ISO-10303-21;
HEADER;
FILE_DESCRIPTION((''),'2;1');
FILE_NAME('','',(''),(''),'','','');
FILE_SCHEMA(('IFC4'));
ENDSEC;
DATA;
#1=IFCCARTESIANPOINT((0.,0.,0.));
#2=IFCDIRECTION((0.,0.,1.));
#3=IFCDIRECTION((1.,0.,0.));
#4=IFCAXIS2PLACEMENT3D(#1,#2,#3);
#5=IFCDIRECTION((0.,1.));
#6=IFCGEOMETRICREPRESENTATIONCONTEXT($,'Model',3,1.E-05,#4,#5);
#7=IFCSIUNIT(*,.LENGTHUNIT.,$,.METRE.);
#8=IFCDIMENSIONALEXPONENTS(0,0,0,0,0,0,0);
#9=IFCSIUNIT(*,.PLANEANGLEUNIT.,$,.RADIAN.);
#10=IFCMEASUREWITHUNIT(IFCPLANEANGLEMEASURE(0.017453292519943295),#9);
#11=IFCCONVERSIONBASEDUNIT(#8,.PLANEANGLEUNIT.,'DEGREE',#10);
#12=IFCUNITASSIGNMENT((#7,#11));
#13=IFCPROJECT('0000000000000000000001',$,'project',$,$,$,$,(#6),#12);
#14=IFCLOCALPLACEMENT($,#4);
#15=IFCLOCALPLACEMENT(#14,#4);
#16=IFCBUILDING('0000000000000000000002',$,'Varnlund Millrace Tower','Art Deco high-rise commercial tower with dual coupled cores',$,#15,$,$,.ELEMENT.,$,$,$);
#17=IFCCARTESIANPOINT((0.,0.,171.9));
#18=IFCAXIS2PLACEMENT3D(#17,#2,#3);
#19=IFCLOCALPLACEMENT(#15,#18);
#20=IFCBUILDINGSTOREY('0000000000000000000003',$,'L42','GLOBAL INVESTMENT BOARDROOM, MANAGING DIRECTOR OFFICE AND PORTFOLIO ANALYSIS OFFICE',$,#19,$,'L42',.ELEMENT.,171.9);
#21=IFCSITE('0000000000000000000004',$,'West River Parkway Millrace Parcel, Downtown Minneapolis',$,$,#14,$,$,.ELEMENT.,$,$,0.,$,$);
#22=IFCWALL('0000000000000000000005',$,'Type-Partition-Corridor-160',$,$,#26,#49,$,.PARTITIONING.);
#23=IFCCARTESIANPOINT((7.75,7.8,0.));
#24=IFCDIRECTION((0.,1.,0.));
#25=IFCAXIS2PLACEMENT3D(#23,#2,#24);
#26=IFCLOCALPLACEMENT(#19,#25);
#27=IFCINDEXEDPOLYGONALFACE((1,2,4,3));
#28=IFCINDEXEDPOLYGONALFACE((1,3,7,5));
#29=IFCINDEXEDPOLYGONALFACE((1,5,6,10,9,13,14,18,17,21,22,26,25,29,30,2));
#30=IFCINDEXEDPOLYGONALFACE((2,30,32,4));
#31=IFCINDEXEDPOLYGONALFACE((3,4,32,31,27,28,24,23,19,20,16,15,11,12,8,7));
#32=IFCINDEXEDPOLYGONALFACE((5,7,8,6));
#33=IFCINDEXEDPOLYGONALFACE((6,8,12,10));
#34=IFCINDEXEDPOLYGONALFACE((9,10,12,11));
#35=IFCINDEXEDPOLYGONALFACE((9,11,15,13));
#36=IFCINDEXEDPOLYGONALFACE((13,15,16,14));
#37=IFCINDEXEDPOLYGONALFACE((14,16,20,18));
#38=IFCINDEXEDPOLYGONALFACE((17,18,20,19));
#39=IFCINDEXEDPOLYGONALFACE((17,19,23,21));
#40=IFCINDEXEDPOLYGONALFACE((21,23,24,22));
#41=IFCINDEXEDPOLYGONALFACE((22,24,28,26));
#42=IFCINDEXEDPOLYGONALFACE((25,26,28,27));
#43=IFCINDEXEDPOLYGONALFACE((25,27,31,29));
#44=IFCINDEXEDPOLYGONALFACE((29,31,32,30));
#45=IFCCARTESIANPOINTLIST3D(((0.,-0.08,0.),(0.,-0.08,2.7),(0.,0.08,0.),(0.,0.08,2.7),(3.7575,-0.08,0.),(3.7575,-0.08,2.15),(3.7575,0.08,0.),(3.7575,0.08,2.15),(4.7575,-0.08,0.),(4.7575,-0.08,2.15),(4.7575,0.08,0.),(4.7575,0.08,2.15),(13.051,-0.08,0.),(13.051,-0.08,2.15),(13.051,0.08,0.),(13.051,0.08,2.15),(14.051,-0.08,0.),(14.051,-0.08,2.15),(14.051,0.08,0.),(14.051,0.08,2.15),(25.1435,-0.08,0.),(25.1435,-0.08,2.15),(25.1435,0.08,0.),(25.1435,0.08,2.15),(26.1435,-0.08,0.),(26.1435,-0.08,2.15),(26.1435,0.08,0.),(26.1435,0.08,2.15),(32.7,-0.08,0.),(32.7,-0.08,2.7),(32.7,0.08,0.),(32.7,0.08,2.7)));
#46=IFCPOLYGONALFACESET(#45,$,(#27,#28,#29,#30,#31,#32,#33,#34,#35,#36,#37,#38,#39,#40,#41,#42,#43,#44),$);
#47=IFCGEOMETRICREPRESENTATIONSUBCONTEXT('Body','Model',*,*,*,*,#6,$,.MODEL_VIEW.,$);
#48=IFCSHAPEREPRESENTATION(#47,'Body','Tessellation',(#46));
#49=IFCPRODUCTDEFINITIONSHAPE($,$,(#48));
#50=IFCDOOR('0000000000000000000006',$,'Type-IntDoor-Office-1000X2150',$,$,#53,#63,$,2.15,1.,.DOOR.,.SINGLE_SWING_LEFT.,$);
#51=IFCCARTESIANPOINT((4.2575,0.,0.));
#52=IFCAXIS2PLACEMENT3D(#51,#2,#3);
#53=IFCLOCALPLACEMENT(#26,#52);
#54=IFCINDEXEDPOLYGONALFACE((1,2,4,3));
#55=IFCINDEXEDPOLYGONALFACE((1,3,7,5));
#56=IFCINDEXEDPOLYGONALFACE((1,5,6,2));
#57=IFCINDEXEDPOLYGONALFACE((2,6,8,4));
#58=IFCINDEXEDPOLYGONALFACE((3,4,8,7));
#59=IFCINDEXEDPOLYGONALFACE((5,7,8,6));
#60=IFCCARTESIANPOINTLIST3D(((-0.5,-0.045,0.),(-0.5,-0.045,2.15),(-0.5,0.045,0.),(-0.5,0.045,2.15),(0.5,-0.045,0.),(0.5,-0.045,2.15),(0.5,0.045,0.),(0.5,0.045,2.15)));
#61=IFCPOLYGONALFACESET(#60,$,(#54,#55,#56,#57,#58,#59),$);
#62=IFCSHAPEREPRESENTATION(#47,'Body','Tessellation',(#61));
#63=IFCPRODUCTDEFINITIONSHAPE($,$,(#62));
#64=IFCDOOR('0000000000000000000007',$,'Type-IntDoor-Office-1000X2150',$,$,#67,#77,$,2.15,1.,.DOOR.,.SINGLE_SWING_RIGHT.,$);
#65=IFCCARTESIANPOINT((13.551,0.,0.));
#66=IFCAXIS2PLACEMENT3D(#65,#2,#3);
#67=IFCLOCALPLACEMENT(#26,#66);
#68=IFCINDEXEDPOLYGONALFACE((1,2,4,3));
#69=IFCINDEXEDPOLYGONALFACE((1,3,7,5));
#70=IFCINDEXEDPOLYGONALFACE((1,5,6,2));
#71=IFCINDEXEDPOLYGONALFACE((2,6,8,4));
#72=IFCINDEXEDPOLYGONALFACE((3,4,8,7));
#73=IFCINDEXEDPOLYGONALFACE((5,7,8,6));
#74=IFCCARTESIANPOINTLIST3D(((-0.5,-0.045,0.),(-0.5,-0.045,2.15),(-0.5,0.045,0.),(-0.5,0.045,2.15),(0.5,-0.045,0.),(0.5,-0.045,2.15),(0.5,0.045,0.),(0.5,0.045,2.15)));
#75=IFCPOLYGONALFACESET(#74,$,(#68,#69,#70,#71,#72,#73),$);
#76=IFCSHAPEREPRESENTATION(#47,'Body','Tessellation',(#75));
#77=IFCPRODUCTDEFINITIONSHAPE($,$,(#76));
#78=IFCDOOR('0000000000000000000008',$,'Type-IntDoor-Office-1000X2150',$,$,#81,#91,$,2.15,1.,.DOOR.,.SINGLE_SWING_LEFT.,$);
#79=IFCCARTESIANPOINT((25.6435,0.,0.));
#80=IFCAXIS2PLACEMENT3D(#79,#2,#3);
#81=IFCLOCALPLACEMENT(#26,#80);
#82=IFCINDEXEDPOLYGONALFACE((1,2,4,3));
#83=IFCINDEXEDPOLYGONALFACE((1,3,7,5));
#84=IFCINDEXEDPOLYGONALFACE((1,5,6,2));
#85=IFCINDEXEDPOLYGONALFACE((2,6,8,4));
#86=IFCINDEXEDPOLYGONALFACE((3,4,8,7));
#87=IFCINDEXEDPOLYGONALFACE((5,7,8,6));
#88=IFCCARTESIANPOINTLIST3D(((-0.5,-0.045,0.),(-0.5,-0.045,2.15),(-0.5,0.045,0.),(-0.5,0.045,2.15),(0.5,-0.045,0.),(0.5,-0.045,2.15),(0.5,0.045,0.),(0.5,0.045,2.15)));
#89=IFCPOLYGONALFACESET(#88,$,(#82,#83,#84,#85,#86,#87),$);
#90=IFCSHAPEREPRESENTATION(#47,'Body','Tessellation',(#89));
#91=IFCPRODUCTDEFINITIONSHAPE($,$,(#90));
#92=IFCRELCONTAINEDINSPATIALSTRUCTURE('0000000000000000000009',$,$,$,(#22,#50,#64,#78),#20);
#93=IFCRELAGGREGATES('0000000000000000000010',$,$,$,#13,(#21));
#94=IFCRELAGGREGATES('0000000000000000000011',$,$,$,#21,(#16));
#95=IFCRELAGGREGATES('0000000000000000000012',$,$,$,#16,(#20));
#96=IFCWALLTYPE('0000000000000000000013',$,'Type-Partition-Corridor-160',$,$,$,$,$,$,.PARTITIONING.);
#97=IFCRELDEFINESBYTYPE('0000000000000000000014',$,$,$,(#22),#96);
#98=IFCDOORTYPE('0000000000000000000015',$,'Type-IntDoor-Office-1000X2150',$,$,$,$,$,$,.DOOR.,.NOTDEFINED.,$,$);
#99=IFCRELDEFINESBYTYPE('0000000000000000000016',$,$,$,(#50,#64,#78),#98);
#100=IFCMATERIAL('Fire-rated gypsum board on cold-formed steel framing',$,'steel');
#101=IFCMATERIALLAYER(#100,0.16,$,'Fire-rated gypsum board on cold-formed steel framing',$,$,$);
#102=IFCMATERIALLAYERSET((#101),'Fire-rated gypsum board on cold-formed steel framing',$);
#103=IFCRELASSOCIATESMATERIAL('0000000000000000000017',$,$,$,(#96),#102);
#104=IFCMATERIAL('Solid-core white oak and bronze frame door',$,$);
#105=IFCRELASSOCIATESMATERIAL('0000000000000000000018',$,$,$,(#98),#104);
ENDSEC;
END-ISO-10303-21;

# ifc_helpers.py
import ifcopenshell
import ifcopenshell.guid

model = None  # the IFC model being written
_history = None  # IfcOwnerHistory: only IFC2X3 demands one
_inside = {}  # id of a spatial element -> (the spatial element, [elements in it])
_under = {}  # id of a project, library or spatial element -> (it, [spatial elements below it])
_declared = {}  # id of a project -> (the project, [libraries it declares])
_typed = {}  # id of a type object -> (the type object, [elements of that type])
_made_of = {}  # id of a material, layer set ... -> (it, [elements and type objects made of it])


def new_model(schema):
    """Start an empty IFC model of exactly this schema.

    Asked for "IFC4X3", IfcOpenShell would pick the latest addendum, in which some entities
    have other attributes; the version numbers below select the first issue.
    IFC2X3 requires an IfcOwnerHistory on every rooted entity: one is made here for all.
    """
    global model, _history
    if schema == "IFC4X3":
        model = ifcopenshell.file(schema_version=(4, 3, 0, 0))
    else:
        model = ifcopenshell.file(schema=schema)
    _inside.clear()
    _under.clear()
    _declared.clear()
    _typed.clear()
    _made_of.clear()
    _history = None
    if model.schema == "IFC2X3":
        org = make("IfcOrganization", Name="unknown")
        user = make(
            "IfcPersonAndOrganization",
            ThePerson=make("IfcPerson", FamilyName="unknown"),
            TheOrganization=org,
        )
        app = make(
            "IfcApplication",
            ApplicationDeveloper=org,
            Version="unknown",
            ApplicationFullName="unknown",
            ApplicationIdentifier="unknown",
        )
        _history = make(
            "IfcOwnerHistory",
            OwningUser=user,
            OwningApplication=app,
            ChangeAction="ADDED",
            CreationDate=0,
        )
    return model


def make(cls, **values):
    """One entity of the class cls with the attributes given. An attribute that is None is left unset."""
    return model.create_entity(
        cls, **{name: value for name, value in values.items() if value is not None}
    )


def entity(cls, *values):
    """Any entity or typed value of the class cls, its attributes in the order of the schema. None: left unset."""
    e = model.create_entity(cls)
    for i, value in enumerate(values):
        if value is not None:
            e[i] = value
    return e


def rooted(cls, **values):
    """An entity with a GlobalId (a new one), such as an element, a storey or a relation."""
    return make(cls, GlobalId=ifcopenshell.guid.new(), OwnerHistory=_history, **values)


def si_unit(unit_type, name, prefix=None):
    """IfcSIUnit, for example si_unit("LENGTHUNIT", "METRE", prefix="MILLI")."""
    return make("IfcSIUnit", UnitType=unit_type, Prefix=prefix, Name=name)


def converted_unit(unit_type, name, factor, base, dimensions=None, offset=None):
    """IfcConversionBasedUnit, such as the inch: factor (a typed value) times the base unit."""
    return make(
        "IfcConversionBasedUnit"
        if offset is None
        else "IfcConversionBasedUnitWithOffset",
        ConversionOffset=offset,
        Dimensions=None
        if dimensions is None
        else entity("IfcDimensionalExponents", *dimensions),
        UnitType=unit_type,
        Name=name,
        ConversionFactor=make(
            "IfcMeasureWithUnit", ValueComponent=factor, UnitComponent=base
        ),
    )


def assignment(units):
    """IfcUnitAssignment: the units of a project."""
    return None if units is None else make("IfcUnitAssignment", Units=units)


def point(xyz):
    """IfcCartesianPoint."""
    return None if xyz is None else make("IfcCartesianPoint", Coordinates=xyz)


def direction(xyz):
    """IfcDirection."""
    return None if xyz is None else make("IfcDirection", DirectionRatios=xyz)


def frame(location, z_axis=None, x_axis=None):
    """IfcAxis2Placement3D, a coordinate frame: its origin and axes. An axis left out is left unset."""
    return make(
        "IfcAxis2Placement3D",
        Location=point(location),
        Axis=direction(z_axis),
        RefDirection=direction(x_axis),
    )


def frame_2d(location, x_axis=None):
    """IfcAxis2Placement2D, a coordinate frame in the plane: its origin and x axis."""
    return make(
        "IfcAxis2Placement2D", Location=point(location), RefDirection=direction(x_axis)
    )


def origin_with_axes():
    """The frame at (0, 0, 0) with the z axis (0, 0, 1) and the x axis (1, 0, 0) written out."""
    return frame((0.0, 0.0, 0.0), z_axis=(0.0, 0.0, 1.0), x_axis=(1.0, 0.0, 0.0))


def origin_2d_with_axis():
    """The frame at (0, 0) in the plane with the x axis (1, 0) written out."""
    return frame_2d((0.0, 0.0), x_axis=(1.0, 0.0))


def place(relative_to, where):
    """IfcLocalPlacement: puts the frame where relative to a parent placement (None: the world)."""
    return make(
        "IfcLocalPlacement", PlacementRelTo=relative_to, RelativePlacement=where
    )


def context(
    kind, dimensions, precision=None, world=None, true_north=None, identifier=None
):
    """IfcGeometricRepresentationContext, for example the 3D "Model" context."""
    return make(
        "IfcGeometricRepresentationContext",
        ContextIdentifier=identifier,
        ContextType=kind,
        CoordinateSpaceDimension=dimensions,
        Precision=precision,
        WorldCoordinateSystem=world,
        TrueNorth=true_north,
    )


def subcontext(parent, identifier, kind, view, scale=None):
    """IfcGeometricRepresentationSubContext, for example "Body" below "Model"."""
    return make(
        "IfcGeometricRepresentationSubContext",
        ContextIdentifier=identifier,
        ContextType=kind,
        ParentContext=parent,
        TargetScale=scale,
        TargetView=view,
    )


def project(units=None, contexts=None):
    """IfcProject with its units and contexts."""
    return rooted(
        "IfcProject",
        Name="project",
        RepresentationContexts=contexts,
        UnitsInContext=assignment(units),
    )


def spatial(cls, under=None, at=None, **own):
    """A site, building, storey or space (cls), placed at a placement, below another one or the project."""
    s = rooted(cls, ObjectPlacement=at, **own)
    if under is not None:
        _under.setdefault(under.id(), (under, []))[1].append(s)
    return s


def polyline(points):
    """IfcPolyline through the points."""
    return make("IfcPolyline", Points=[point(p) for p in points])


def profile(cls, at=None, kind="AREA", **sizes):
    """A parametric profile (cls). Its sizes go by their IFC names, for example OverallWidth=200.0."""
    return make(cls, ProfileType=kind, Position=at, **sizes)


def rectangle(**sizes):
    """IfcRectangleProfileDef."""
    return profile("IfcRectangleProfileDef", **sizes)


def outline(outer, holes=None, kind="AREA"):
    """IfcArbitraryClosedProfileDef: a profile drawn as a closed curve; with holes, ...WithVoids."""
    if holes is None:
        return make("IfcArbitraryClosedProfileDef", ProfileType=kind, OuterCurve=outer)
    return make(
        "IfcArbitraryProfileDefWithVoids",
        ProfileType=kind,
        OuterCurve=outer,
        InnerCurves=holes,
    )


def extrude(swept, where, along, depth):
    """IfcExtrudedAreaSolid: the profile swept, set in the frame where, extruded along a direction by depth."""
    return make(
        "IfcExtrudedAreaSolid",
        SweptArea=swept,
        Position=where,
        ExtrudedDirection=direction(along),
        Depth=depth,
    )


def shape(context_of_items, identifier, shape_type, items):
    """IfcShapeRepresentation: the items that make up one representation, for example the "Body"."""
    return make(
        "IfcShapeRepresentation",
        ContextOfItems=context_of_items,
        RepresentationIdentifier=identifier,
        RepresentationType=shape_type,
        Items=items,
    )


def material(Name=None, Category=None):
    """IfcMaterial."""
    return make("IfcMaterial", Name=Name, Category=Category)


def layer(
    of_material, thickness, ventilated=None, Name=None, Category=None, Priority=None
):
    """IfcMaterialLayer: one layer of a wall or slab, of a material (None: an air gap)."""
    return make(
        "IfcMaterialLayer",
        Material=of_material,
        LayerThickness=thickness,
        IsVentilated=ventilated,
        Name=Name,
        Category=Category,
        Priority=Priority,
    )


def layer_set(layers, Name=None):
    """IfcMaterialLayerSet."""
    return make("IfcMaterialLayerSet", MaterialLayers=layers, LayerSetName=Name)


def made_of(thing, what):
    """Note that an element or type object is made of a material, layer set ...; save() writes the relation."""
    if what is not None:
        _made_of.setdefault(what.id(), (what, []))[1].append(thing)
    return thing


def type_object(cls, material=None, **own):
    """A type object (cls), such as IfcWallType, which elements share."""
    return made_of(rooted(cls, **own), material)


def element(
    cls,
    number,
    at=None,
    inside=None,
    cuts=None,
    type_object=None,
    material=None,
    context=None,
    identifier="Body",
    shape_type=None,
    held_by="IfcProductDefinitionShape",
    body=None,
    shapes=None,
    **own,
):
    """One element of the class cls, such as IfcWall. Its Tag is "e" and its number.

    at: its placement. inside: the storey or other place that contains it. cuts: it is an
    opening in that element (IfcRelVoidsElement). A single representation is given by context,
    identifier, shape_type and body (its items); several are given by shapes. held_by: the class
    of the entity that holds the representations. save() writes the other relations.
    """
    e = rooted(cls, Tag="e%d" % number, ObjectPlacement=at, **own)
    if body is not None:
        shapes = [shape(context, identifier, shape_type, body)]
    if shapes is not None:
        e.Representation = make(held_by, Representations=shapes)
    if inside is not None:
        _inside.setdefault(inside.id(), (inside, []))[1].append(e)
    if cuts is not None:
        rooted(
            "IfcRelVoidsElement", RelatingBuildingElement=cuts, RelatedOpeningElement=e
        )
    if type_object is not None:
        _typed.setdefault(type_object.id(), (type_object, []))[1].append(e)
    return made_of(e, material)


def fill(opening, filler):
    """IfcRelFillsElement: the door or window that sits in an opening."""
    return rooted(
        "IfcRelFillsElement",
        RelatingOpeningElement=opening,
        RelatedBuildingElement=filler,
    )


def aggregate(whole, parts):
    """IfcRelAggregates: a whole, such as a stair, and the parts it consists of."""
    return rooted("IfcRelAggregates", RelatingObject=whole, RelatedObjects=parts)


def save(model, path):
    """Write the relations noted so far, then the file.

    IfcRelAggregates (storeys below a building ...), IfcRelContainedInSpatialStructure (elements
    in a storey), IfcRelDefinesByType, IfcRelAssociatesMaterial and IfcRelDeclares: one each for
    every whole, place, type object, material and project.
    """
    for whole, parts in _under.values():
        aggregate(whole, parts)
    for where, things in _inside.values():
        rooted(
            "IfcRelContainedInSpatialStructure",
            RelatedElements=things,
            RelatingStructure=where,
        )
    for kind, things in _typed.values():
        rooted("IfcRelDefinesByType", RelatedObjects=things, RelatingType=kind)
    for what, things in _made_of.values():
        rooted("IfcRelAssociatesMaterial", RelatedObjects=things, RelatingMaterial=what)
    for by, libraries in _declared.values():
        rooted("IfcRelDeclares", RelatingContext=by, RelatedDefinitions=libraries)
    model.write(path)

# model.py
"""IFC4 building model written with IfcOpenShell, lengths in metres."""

from ifc_helpers import new_model, entity, si_unit, converted_unit, direction, frame, origin_with_axes, origin_2d_with_axis, place, context, subcontext, project, spatial, polyline, rectangle, outline, extrude, material, layer, layer_set, type_object, element, fill, save


model = new_model("IFC4")

# Units and contexts
model_context = context("Model", 3, precision=1e-05, world=origin_with_axes(), true_north=direction((0.0, 1.0)))
body_context = subcontext(model_context, "Body", "Model", "MODEL_VIEW")
ifc_project = project(units=[si_unit("LENGTHUNIT", "METRE"), converted_unit("PLANEANGLEUNIT", "DEGREE", entity("IfcPlaneAngleMeasure", 0.017453292519943295), si_unit("PLANEANGLEUNIT", "RADIAN"), dimensions=[0, 0, 0, 0, 0, 0, 0])], contexts=[model_context])

# Site, building, storey
site_placement = place(None, origin_with_axes())
site = spatial("IfcSite", under=ifc_project, at=site_placement, Name="West River Parkway Millrace Parcel, Downtown Minneapolis", CompositionType="ELEMENT", RefElevation=0.0)
building_placement = place(site_placement, origin_with_axes())
building = spatial("IfcBuilding", under=site, at=building_placement, Name="Varnlund Millrace Tower", Description="Art Deco high-rise commercial tower with dual coupled cores", CompositionType="ELEMENT")
storey_placement = place(building_placement, frame((0.0, 0.0, 171.9), z_axis=(0.0, 0.0, 1.0), x_axis=(1.0, 0.0, 0.0)))
storey = spatial("IfcBuildingStorey", under=building, at=storey_placement, Name="L42", Description="GLOBAL INVESTMENT BOARDROOM, MANAGING DIRECTOR OFFICE AND PORTFOLIO ANALYSIS OFFICE", LongName="L42", CompositionType="ELEMENT", Elevation=171.9)

# Shared definitions
ifc_material_1 = material(Name="Fire-rated gypsum board on cold-formed steel framing", Category="steel")
ifc_layer_1 = layer(ifc_material_1, 0.16, Name="Fire-rated gypsum board on cold-formed steel framing")
ifc_layer_set_1 = layer_set([ifc_layer_1], Name="Fire-rated gypsum board on cold-formed steel framing")
wall_type_1 = type_object("IfcWallType", Name="Type-Partition-Corridor-160", PredefinedType="PARTITIONING", material=ifc_layer_set_1)

# Shared definitions
ifc_material_2 = material(Name="Solid-core white oak and bronze frame door")
door_type_1 = type_object("IfcDoorType", Name="Type-IntDoor-Office-1000X2150", OperationType="NOTDEFINED", PredefinedType="DOOR", material=ifc_material_2)

# Wall, openings, doors
wall_1_placement = place(storey_placement, frame((7.75, 7.8, 0.0), z_axis=(0.0, 0.0, 1.0), x_axis=(0.0, 1.0, 0.0)))
wall_1 = element("IfcWall", 1, at=wall_1_placement, inside=storey, type_object=wall_type_1, Name="Type-Partition-Corridor-160", PredefinedType="PARTITIONING", context=body_context, shape_type="SweptSolid", body=[
    extrude(outline(polyline([(0.0, -0.08), (32.7, -0.08), (32.7, 0.08), (0.0, 0.08), (0.0, -0.08)])), origin_with_axes(), (0.0, 0.0, 1.0), 2.7),
])
opening_1_placement = place(wall_1_placement, frame((4.2575, 0.0, 0.0), z_axis=(0.0, 0.0, 1.0), x_axis=(1.0, 0.0, 0.0)))
opening_1 = element("IfcOpeningElement", 2, at=opening_1_placement, cuts=wall_1, PredefinedType="OPENING", context=body_context, shape_type="SweptSolid", body=[
    extrude(rectangle(XDim=1.0, YDim=0.18, at=origin_2d_with_axis()), origin_with_axes(), (0.0, 0.0, 1.0), 2.15),
])
opening_2_placement = place(wall_1_placement, frame((13.551, 0.0, 0.0), z_axis=(0.0, 0.0, 1.0), x_axis=(1.0, 0.0, 0.0)))
opening_2 = element("IfcOpeningElement", 3, at=opening_2_placement, cuts=wall_1, PredefinedType="OPENING", context=body_context, shape_type="SweptSolid", body=[
    extrude(rectangle(XDim=1.0, YDim=0.18, at=origin_2d_with_axis()), origin_with_axes(), (0.0, 0.0, 1.0), 2.15),
])
opening_3_placement = place(wall_1_placement, frame((25.6435, 0.0, 0.0), z_axis=(0.0, 0.0, 1.0), x_axis=(1.0, 0.0, 0.0)))
opening_3 = element("IfcOpeningElement", 4, at=opening_3_placement, cuts=wall_1, PredefinedType="OPENING", context=body_context, shape_type="SweptSolid", body=[
    extrude(rectangle(XDim=1.0, YDim=0.18, at=origin_2d_with_axis()), origin_with_axes(), (0.0, 0.0, 1.0), 2.15),
])
door_1_placement = place(wall_1_placement, frame((4.2575, 0.0, 0.0), z_axis=(0.0, 0.0, 1.0), x_axis=(1.0, 0.0, 0.0)))
door_1 = element("IfcDoor", 5, at=door_1_placement, inside=storey, type_object=door_type_1, Name="Type-IntDoor-Office-1000X2150", OperationType="SINGLE_SWING_LEFT", OverallHeight=2.15, OverallWidth=1.0, PredefinedType="DOOR", context=body_context, shape_type="SweptSolid", body=[
    extrude(rectangle(XDim=1.0, YDim=0.09, at=origin_2d_with_axis()), origin_with_axes(), (0.0, 0.0, 1.0), 2.15),
])
fill(opening_1, door_1)
door_2_placement = place(wall_1_placement, frame((13.551, 0.0, 0.0), z_axis=(0.0, 0.0, 1.0), x_axis=(1.0, 0.0, 0.0)))
door_2 = element("IfcDoor", 6, at=door_2_placement, inside=storey, type_object=door_type_1, Name="Type-IntDoor-Office-1000X2150", OperationType="SINGLE_SWING_RIGHT", OverallHeight=2.15, OverallWidth=1.0, PredefinedType="DOOR", context=body_context, shape_type="SweptSolid", body=[
    extrude(rectangle(XDim=1.0, YDim=0.09, at=origin_2d_with_axis()), origin_with_axes(), (0.0, 0.0, 1.0), 2.15),
])
fill(opening_2, door_2)
door_3_placement = place(wall_1_placement, frame((25.6435, 0.0, 0.0), z_axis=(0.0, 0.0, 1.0), x_axis=(1.0, 0.0, 0.0)))
door_3 = element("IfcDoor", 7, at=door_3_placement, inside=storey, type_object=door_type_1, Name="Type-IntDoor-Office-1000X2150", OperationType="SINGLE_SWING_LEFT", OverallHeight=2.15, OverallWidth=1.0, PredefinedType="DOOR", context=body_context, shape_type="SweptSolid", body=[
    extrude(rectangle(XDim=1.0, YDim=0.09, at=origin_2d_with_axis()), origin_with_axes(), (0.0, 0.0, 1.0), 2.15),
])
fill(opening_3, door_3)

save(model, "model.ifc")
